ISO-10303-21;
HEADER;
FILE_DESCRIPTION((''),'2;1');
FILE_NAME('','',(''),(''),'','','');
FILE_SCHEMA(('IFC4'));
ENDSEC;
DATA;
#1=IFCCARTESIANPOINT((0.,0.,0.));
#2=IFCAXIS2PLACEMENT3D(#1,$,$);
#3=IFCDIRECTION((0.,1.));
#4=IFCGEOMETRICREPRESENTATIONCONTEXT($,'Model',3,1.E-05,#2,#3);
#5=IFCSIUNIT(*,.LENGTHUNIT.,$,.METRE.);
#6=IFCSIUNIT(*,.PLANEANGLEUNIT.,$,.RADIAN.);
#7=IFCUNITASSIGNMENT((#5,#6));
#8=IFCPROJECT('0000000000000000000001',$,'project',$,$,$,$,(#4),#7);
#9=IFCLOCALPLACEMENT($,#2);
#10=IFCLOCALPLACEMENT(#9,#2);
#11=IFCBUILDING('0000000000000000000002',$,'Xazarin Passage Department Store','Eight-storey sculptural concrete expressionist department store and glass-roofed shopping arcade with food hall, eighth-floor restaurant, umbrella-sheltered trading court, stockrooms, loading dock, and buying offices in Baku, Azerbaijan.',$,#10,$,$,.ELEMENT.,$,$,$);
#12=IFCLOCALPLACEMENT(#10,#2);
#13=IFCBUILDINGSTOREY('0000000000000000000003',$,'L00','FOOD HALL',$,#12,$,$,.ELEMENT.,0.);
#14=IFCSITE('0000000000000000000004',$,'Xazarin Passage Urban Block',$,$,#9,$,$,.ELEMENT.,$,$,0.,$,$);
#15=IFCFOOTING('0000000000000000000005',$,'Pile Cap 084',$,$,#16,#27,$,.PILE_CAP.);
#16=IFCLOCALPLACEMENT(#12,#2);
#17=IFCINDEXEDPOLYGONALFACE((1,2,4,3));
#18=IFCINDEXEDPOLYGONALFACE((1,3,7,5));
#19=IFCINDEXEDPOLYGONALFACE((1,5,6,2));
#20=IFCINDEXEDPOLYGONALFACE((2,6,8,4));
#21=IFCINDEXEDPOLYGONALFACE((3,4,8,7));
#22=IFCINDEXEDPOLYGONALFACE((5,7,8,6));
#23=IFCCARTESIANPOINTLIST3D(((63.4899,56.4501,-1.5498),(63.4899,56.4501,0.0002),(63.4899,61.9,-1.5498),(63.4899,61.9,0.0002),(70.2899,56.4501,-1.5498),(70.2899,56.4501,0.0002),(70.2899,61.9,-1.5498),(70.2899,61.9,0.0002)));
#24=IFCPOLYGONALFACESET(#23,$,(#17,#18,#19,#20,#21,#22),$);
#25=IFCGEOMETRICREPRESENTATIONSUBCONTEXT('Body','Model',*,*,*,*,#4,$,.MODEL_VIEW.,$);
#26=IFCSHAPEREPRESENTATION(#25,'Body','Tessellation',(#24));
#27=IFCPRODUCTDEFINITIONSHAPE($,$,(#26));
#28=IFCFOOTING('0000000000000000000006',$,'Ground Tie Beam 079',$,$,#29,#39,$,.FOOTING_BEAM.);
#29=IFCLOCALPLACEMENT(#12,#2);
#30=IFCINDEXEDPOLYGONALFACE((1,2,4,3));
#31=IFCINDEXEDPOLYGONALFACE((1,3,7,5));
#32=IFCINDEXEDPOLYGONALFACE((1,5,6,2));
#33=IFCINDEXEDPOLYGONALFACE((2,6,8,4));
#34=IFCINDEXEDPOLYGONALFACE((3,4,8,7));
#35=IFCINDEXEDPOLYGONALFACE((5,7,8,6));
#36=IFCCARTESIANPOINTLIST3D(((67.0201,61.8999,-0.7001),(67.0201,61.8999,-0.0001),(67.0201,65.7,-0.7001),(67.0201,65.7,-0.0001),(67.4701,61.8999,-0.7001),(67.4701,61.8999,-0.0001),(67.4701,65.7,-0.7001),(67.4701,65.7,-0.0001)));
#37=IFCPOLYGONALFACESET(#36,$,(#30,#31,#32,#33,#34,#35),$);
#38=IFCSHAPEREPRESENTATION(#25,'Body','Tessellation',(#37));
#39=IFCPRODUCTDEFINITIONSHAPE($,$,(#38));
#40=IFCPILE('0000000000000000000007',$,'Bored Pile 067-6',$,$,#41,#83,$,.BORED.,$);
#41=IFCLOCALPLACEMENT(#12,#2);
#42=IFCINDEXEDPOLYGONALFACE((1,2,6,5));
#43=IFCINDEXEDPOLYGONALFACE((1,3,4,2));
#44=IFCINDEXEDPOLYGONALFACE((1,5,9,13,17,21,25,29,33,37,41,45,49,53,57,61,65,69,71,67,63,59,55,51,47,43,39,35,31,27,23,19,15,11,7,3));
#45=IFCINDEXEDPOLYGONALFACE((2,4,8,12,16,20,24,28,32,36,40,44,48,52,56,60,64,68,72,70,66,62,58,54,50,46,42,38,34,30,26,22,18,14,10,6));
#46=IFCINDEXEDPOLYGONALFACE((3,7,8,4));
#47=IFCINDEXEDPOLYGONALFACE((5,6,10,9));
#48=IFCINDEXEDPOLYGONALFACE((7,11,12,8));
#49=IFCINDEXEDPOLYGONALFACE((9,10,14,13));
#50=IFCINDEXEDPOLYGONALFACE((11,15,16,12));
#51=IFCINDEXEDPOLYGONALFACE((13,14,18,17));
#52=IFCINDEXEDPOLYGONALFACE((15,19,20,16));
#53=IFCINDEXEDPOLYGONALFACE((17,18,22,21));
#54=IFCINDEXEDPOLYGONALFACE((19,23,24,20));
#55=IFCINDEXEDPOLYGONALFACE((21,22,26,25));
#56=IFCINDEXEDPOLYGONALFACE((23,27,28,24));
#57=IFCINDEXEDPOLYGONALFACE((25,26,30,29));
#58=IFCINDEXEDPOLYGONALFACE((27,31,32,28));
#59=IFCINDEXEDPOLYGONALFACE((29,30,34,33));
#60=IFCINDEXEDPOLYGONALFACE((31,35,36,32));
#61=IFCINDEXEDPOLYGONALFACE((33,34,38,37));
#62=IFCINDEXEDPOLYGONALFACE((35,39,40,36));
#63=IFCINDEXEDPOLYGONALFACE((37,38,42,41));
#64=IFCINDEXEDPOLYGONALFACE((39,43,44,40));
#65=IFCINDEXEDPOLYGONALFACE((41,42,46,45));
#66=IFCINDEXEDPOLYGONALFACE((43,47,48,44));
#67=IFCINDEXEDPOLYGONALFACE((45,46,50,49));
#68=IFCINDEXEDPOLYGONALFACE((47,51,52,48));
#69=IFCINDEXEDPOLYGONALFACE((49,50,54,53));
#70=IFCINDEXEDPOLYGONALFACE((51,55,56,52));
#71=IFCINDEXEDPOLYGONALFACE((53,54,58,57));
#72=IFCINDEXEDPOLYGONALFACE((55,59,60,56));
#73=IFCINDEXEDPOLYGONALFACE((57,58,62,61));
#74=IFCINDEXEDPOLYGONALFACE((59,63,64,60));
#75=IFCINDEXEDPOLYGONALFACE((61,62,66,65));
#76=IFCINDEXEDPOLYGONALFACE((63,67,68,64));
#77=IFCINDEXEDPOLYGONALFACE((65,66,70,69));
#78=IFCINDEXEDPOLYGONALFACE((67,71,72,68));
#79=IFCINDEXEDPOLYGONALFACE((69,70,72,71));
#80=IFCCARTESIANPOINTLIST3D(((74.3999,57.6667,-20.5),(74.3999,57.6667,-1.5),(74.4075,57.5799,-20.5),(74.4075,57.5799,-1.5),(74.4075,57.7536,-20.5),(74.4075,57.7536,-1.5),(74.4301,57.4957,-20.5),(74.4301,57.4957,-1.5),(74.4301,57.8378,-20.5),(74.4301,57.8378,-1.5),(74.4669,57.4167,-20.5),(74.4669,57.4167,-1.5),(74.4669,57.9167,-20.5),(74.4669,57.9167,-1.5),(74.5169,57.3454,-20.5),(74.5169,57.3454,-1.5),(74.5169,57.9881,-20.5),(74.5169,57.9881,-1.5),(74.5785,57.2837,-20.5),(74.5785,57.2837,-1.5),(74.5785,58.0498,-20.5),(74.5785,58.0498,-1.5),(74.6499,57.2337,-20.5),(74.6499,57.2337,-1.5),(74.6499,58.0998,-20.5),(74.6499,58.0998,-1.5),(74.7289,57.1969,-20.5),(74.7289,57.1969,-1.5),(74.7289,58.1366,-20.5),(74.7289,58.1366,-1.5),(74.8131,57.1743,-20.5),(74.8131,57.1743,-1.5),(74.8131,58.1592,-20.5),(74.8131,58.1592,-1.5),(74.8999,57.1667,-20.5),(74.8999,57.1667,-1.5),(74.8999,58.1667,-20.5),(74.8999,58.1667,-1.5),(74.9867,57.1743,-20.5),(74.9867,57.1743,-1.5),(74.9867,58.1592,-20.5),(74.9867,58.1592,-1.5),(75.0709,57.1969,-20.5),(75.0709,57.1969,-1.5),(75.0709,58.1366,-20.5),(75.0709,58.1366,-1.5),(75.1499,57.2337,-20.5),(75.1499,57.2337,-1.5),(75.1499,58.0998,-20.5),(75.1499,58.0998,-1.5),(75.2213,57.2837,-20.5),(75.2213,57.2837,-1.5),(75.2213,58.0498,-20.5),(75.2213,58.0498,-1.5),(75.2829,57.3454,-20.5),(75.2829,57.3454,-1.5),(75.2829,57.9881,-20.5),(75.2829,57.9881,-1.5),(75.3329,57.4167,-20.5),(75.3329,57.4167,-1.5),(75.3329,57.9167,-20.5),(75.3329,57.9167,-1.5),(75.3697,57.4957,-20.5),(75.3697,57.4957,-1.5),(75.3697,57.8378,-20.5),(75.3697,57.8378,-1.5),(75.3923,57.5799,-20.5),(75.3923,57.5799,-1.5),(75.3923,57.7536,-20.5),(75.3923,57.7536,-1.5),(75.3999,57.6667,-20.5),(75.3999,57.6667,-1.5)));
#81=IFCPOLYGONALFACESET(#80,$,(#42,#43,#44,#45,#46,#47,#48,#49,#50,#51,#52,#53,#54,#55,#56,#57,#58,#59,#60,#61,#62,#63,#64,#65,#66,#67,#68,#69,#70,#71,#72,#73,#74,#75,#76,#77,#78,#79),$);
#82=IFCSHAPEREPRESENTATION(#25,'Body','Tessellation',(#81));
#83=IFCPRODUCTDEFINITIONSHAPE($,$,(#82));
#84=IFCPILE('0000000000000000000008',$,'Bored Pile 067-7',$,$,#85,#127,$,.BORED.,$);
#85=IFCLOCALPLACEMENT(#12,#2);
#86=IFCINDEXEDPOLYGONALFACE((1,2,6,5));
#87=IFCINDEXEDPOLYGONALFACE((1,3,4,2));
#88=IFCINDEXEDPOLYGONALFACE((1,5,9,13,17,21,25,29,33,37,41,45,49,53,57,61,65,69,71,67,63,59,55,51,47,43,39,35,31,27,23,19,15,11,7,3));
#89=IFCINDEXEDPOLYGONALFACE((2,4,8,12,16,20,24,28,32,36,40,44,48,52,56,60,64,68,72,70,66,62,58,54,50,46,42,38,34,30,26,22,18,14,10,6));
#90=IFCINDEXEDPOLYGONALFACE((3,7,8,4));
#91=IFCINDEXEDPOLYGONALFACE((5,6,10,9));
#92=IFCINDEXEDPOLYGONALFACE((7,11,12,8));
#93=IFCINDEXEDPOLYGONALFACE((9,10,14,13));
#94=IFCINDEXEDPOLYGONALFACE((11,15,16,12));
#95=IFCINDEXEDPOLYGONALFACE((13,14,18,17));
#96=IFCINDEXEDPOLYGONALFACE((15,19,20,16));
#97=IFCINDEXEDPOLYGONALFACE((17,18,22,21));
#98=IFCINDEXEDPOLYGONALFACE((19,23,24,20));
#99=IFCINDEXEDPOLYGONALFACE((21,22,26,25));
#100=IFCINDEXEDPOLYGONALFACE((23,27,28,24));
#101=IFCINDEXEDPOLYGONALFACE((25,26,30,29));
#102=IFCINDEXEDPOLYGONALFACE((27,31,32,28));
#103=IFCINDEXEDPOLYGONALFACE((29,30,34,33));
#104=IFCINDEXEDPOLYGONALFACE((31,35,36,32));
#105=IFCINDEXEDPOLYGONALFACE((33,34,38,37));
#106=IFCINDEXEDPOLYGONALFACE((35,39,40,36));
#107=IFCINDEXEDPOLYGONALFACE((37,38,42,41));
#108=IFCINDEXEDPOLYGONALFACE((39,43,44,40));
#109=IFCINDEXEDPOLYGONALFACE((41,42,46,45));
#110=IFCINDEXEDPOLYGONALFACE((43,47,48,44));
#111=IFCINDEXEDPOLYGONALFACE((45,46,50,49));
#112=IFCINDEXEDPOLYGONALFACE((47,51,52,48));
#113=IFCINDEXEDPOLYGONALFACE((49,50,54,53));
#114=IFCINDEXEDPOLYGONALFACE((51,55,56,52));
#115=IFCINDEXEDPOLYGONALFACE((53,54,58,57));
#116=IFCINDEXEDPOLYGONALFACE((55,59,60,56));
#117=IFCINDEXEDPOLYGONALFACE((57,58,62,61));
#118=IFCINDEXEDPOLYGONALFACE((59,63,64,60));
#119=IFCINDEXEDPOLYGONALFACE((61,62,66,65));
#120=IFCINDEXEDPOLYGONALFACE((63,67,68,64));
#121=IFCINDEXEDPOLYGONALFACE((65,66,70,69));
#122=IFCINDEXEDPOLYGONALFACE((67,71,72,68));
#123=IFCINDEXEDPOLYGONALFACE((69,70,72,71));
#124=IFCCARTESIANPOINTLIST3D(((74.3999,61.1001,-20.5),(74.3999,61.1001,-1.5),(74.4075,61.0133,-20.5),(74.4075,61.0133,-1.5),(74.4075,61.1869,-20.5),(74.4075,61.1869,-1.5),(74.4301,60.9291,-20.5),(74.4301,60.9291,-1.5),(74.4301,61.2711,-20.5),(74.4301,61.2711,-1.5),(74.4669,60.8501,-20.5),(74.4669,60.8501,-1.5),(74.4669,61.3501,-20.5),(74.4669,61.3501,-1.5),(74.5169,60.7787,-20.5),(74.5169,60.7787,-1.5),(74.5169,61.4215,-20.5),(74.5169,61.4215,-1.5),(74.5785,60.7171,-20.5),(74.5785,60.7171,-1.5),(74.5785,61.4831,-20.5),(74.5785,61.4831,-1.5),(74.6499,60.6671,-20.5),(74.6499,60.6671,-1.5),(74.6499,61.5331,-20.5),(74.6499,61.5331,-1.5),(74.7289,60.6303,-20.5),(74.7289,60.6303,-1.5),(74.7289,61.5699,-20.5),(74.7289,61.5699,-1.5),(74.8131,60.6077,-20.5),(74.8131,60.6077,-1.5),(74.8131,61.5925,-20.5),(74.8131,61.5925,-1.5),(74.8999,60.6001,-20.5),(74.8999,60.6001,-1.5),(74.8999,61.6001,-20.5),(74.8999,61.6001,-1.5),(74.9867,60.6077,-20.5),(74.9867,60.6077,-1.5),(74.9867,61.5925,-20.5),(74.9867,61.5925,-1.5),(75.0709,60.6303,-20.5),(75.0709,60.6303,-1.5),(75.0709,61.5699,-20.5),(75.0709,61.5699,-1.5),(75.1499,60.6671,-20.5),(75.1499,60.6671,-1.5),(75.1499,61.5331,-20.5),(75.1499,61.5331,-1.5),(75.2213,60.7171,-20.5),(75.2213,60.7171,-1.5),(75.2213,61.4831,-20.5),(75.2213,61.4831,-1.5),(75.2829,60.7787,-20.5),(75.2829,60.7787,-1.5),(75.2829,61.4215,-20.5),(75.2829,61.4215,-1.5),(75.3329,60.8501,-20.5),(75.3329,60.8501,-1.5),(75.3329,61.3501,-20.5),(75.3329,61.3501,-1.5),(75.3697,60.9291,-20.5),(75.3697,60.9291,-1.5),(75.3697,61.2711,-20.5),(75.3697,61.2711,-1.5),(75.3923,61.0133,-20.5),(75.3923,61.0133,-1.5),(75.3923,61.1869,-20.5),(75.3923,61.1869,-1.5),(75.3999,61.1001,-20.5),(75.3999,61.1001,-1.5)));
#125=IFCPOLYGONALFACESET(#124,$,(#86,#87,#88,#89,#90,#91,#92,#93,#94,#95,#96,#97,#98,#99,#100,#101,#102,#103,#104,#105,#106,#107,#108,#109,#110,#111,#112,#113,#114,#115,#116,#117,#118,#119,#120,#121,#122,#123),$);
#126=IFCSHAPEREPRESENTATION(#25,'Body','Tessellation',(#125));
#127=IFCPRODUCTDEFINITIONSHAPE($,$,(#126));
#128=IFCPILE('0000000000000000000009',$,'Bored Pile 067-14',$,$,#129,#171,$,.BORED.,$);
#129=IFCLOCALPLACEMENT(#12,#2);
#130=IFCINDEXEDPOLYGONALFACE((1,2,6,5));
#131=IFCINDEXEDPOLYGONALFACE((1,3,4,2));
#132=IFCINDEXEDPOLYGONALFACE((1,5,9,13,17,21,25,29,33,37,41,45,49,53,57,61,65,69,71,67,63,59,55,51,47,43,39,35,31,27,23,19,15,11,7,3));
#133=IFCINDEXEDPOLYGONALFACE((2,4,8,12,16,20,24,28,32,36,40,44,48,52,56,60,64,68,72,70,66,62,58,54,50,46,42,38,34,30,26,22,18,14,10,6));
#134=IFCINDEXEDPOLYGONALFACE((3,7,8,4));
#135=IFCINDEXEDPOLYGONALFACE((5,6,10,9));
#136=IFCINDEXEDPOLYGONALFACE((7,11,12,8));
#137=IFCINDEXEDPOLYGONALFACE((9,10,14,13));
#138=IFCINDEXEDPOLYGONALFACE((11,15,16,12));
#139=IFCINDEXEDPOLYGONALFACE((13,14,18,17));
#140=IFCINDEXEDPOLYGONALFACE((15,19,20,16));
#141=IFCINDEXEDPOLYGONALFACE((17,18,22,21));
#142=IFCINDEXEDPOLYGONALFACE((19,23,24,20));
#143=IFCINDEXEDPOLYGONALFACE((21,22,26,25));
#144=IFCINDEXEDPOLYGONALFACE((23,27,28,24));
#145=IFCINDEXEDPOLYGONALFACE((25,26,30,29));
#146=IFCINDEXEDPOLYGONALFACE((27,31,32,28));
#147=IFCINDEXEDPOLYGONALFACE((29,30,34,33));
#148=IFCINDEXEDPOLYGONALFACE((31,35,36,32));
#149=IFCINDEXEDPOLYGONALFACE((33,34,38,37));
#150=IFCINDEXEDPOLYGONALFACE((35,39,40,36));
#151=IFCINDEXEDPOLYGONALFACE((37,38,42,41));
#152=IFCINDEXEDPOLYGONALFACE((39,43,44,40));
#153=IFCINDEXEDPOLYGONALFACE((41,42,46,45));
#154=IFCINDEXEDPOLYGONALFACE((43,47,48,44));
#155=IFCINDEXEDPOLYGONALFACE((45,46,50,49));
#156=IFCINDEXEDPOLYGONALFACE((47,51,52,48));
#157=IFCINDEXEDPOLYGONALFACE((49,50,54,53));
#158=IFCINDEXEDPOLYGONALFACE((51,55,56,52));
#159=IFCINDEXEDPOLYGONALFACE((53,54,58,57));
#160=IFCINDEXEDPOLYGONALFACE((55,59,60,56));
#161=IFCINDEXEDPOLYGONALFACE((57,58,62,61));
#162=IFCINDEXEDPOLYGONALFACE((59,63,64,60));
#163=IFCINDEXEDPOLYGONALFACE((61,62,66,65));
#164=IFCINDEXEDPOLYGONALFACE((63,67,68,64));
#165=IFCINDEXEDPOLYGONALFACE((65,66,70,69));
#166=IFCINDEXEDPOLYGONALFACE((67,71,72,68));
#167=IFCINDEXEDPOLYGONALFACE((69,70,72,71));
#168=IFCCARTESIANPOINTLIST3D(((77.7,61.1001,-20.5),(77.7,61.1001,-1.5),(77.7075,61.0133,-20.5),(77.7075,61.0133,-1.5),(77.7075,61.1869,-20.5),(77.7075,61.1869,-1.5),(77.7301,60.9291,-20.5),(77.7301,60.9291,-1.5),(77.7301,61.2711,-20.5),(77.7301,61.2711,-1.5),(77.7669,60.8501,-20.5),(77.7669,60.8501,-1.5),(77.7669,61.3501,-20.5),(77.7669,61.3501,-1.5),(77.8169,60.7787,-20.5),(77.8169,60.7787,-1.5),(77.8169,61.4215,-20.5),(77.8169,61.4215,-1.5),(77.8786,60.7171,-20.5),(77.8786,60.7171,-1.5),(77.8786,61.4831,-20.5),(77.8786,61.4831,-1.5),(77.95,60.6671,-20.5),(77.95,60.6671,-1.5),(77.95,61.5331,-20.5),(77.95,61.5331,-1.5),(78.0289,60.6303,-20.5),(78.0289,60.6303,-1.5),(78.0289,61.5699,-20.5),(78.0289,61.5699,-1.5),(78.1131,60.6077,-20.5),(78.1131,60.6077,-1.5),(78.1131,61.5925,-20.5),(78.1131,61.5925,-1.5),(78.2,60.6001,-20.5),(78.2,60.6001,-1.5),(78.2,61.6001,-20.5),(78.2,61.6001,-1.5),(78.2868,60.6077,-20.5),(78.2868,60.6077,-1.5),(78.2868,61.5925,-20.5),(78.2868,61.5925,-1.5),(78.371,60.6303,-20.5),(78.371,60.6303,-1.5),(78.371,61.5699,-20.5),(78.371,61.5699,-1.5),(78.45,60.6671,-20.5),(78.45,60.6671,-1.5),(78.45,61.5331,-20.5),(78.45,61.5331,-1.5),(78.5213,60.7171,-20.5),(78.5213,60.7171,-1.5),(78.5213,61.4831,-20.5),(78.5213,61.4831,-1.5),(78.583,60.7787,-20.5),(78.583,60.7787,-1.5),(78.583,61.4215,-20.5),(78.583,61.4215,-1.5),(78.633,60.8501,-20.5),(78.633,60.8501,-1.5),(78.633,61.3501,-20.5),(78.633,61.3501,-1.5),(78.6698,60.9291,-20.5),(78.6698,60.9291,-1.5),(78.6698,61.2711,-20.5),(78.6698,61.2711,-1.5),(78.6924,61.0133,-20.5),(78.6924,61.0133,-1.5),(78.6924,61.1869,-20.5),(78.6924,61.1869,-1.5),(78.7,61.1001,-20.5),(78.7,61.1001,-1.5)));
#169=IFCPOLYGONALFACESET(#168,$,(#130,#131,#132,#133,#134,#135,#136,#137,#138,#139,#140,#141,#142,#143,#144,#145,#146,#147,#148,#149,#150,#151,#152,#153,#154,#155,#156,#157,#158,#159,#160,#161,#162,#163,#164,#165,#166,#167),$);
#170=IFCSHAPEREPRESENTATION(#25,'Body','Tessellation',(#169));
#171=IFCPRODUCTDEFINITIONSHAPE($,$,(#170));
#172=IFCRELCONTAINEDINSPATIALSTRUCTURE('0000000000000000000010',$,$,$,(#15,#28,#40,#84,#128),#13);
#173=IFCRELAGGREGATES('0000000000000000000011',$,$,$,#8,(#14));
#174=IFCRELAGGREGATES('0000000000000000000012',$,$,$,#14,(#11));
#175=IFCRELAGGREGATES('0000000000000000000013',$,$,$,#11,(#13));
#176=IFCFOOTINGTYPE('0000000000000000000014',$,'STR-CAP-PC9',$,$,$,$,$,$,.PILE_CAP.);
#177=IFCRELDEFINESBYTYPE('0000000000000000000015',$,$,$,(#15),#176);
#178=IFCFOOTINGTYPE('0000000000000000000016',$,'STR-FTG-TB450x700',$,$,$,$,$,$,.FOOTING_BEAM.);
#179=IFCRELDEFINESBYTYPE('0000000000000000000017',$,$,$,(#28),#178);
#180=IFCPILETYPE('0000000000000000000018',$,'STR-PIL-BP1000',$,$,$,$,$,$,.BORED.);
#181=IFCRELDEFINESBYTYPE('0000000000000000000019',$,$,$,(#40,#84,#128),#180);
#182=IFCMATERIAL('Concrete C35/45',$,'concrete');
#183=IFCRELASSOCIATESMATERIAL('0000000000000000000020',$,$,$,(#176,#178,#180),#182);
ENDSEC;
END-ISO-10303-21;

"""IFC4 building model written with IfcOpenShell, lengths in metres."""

from ifc_helpers import new_model, si_unit, direction, frame, origin, origin_2d, place, context, subcontext, project, spatial, rectangle, circle, extrude, material, material_profile, profile_set, type_object, element, save


model = new_model("IFC4")

# Units and contexts
model_context = context("Model", 3, precision=1e-05, world=origin(), true_north=direction((0.0, 1.0)))
body_context = subcontext(model_context, "Body", "Model", "MODEL_VIEW")
ifc_project = project(units=[si_unit("LENGTHUNIT", "METRE"), si_unit("PLANEANGLEUNIT", "RADIAN")], contexts=[model_context])

# Site, building, storey
site_placement = place(None, origin())
site = spatial("IfcSite", under=ifc_project, at=site_placement, Name="Xazarin Passage Urban Block", CompositionType="ELEMENT", RefElevation=0.0)
building_placement = place(site_placement, origin())
building = spatial("IfcBuilding", under=site, at=building_placement, Name="Xazarin Passage Department Store", Description="Eight-storey sculptural concrete expressionist department store and glass-roofed shopping arcade with food hall, eighth-floor restaurant, umbrella-sheltered trading court, stockrooms, loading dock, and buying offices in Baku, Azerbaijan.", CompositionType="ELEMENT")
storey_placement = place(building_placement, origin())
storey = spatial("IfcBuildingStorey", under=building, at=storey_placement, Name="L00", Description="FOOD HALL", CompositionType="ELEMENT", Elevation=0.0)

# Footings
ifc_material_1 = material(Name="Concrete C35/45", Category="concrete")
footing_type_1 = type_object("IfcFootingType", Name="STR-CAP-PC9", PredefinedType="PILE_CAP", material=ifc_material_1)
footing_1_placement = place(storey_placement, frame((66.8899, 59.175, -1.5498), z_axis=(0.0, 0.0, 1.0), x_axis=(1.0, 0.0, 0.0)))
element("IfcFooting", 1, at=footing_1_placement, inside=storey, type_object=footing_type_1, Name="Pile Cap 084", PredefinedType="PILE_CAP", context=body_context, shape_type="SweptSolid", body=[
    extrude(rectangle(XDim=6.8, YDim=5.45, at=origin_2d()), origin(), (0.0, 0.0, 1.0), 1.55),
])
ifc_material_profile_1 = material_profile(ifc_material_1, rectangle(XDim=0.45, YDim=0.7, at=origin_2d()), Name="RC 450x700")
ifc_profile_set_1 = profile_set([ifc_material_profile_1], Name="Concrete C35/45")
footing_type_2 = type_object("IfcFootingType", Name="STR-FTG-TB450x700", PredefinedType="FOOTING_BEAM", material=ifc_profile_set_1)
footing_2_placement = place(storey_placement, frame((67.2451, 61.8999, -0.3501), z_axis=(0.0, 1.0, 0.0), x_axis=(-1.0, 0.0, 0.0)))
element("IfcFooting", 2, at=footing_2_placement, inside=storey, type_object=footing_type_2, Name="Ground Tie Beam 079", PredefinedType="FOOTING_BEAM", context=body_context, shape_type="SweptSolid", body=[
    extrude(rectangle(XDim=0.45, YDim=0.7, at=origin_2d()), origin(), (0.0, 0.0, 1.0), 3.8),
])

# Piles
ifc_material_profile_2 = material_profile(ifc_material_1, circle(Radius=0.5, at=origin_2d()), Name="BP 1000")
ifc_profile_set_2 = profile_set([ifc_material_profile_2], Name="Concrete C35/45")
pile_type_1 = type_object("IfcPileType", Name="STR-PIL-BP1000", PredefinedType="BORED", material=ifc_profile_set_2)
for number, where, z_axis, x_axis, name in (
    (3, (74.8999, 57.6667, -1.5), (0.0, 0.0, -1.0), (1.0, 0.0, 0.0), "Bored Pile 067-6"),
    (4, (74.8999, 61.1001, -1.5), (0.0, 0.0, -1.0), (1.0, 0.0, 0.0), "Bored Pile 067-7"),
    (5, (78.2, 61.1001, -1.5), (0.0, 0.0, -1.0), (1.0, 0.0, 0.0), "Bored Pile 067-14"),
):
    element("IfcPile", number, at=place(storey_placement, frame(where, z_axis=z_axis, x_axis=x_axis)), inside=storey, type_object=pile_type_1, Name=name, PredefinedType="BORED", context=body_context, shape_type="SweptSolid", body=[
        extrude(circle(Radius=0.5, at=origin_2d()), origin(), (0.0, 0.0, 1.0), 19.0),
    ])

save(model, "model.ifc")
